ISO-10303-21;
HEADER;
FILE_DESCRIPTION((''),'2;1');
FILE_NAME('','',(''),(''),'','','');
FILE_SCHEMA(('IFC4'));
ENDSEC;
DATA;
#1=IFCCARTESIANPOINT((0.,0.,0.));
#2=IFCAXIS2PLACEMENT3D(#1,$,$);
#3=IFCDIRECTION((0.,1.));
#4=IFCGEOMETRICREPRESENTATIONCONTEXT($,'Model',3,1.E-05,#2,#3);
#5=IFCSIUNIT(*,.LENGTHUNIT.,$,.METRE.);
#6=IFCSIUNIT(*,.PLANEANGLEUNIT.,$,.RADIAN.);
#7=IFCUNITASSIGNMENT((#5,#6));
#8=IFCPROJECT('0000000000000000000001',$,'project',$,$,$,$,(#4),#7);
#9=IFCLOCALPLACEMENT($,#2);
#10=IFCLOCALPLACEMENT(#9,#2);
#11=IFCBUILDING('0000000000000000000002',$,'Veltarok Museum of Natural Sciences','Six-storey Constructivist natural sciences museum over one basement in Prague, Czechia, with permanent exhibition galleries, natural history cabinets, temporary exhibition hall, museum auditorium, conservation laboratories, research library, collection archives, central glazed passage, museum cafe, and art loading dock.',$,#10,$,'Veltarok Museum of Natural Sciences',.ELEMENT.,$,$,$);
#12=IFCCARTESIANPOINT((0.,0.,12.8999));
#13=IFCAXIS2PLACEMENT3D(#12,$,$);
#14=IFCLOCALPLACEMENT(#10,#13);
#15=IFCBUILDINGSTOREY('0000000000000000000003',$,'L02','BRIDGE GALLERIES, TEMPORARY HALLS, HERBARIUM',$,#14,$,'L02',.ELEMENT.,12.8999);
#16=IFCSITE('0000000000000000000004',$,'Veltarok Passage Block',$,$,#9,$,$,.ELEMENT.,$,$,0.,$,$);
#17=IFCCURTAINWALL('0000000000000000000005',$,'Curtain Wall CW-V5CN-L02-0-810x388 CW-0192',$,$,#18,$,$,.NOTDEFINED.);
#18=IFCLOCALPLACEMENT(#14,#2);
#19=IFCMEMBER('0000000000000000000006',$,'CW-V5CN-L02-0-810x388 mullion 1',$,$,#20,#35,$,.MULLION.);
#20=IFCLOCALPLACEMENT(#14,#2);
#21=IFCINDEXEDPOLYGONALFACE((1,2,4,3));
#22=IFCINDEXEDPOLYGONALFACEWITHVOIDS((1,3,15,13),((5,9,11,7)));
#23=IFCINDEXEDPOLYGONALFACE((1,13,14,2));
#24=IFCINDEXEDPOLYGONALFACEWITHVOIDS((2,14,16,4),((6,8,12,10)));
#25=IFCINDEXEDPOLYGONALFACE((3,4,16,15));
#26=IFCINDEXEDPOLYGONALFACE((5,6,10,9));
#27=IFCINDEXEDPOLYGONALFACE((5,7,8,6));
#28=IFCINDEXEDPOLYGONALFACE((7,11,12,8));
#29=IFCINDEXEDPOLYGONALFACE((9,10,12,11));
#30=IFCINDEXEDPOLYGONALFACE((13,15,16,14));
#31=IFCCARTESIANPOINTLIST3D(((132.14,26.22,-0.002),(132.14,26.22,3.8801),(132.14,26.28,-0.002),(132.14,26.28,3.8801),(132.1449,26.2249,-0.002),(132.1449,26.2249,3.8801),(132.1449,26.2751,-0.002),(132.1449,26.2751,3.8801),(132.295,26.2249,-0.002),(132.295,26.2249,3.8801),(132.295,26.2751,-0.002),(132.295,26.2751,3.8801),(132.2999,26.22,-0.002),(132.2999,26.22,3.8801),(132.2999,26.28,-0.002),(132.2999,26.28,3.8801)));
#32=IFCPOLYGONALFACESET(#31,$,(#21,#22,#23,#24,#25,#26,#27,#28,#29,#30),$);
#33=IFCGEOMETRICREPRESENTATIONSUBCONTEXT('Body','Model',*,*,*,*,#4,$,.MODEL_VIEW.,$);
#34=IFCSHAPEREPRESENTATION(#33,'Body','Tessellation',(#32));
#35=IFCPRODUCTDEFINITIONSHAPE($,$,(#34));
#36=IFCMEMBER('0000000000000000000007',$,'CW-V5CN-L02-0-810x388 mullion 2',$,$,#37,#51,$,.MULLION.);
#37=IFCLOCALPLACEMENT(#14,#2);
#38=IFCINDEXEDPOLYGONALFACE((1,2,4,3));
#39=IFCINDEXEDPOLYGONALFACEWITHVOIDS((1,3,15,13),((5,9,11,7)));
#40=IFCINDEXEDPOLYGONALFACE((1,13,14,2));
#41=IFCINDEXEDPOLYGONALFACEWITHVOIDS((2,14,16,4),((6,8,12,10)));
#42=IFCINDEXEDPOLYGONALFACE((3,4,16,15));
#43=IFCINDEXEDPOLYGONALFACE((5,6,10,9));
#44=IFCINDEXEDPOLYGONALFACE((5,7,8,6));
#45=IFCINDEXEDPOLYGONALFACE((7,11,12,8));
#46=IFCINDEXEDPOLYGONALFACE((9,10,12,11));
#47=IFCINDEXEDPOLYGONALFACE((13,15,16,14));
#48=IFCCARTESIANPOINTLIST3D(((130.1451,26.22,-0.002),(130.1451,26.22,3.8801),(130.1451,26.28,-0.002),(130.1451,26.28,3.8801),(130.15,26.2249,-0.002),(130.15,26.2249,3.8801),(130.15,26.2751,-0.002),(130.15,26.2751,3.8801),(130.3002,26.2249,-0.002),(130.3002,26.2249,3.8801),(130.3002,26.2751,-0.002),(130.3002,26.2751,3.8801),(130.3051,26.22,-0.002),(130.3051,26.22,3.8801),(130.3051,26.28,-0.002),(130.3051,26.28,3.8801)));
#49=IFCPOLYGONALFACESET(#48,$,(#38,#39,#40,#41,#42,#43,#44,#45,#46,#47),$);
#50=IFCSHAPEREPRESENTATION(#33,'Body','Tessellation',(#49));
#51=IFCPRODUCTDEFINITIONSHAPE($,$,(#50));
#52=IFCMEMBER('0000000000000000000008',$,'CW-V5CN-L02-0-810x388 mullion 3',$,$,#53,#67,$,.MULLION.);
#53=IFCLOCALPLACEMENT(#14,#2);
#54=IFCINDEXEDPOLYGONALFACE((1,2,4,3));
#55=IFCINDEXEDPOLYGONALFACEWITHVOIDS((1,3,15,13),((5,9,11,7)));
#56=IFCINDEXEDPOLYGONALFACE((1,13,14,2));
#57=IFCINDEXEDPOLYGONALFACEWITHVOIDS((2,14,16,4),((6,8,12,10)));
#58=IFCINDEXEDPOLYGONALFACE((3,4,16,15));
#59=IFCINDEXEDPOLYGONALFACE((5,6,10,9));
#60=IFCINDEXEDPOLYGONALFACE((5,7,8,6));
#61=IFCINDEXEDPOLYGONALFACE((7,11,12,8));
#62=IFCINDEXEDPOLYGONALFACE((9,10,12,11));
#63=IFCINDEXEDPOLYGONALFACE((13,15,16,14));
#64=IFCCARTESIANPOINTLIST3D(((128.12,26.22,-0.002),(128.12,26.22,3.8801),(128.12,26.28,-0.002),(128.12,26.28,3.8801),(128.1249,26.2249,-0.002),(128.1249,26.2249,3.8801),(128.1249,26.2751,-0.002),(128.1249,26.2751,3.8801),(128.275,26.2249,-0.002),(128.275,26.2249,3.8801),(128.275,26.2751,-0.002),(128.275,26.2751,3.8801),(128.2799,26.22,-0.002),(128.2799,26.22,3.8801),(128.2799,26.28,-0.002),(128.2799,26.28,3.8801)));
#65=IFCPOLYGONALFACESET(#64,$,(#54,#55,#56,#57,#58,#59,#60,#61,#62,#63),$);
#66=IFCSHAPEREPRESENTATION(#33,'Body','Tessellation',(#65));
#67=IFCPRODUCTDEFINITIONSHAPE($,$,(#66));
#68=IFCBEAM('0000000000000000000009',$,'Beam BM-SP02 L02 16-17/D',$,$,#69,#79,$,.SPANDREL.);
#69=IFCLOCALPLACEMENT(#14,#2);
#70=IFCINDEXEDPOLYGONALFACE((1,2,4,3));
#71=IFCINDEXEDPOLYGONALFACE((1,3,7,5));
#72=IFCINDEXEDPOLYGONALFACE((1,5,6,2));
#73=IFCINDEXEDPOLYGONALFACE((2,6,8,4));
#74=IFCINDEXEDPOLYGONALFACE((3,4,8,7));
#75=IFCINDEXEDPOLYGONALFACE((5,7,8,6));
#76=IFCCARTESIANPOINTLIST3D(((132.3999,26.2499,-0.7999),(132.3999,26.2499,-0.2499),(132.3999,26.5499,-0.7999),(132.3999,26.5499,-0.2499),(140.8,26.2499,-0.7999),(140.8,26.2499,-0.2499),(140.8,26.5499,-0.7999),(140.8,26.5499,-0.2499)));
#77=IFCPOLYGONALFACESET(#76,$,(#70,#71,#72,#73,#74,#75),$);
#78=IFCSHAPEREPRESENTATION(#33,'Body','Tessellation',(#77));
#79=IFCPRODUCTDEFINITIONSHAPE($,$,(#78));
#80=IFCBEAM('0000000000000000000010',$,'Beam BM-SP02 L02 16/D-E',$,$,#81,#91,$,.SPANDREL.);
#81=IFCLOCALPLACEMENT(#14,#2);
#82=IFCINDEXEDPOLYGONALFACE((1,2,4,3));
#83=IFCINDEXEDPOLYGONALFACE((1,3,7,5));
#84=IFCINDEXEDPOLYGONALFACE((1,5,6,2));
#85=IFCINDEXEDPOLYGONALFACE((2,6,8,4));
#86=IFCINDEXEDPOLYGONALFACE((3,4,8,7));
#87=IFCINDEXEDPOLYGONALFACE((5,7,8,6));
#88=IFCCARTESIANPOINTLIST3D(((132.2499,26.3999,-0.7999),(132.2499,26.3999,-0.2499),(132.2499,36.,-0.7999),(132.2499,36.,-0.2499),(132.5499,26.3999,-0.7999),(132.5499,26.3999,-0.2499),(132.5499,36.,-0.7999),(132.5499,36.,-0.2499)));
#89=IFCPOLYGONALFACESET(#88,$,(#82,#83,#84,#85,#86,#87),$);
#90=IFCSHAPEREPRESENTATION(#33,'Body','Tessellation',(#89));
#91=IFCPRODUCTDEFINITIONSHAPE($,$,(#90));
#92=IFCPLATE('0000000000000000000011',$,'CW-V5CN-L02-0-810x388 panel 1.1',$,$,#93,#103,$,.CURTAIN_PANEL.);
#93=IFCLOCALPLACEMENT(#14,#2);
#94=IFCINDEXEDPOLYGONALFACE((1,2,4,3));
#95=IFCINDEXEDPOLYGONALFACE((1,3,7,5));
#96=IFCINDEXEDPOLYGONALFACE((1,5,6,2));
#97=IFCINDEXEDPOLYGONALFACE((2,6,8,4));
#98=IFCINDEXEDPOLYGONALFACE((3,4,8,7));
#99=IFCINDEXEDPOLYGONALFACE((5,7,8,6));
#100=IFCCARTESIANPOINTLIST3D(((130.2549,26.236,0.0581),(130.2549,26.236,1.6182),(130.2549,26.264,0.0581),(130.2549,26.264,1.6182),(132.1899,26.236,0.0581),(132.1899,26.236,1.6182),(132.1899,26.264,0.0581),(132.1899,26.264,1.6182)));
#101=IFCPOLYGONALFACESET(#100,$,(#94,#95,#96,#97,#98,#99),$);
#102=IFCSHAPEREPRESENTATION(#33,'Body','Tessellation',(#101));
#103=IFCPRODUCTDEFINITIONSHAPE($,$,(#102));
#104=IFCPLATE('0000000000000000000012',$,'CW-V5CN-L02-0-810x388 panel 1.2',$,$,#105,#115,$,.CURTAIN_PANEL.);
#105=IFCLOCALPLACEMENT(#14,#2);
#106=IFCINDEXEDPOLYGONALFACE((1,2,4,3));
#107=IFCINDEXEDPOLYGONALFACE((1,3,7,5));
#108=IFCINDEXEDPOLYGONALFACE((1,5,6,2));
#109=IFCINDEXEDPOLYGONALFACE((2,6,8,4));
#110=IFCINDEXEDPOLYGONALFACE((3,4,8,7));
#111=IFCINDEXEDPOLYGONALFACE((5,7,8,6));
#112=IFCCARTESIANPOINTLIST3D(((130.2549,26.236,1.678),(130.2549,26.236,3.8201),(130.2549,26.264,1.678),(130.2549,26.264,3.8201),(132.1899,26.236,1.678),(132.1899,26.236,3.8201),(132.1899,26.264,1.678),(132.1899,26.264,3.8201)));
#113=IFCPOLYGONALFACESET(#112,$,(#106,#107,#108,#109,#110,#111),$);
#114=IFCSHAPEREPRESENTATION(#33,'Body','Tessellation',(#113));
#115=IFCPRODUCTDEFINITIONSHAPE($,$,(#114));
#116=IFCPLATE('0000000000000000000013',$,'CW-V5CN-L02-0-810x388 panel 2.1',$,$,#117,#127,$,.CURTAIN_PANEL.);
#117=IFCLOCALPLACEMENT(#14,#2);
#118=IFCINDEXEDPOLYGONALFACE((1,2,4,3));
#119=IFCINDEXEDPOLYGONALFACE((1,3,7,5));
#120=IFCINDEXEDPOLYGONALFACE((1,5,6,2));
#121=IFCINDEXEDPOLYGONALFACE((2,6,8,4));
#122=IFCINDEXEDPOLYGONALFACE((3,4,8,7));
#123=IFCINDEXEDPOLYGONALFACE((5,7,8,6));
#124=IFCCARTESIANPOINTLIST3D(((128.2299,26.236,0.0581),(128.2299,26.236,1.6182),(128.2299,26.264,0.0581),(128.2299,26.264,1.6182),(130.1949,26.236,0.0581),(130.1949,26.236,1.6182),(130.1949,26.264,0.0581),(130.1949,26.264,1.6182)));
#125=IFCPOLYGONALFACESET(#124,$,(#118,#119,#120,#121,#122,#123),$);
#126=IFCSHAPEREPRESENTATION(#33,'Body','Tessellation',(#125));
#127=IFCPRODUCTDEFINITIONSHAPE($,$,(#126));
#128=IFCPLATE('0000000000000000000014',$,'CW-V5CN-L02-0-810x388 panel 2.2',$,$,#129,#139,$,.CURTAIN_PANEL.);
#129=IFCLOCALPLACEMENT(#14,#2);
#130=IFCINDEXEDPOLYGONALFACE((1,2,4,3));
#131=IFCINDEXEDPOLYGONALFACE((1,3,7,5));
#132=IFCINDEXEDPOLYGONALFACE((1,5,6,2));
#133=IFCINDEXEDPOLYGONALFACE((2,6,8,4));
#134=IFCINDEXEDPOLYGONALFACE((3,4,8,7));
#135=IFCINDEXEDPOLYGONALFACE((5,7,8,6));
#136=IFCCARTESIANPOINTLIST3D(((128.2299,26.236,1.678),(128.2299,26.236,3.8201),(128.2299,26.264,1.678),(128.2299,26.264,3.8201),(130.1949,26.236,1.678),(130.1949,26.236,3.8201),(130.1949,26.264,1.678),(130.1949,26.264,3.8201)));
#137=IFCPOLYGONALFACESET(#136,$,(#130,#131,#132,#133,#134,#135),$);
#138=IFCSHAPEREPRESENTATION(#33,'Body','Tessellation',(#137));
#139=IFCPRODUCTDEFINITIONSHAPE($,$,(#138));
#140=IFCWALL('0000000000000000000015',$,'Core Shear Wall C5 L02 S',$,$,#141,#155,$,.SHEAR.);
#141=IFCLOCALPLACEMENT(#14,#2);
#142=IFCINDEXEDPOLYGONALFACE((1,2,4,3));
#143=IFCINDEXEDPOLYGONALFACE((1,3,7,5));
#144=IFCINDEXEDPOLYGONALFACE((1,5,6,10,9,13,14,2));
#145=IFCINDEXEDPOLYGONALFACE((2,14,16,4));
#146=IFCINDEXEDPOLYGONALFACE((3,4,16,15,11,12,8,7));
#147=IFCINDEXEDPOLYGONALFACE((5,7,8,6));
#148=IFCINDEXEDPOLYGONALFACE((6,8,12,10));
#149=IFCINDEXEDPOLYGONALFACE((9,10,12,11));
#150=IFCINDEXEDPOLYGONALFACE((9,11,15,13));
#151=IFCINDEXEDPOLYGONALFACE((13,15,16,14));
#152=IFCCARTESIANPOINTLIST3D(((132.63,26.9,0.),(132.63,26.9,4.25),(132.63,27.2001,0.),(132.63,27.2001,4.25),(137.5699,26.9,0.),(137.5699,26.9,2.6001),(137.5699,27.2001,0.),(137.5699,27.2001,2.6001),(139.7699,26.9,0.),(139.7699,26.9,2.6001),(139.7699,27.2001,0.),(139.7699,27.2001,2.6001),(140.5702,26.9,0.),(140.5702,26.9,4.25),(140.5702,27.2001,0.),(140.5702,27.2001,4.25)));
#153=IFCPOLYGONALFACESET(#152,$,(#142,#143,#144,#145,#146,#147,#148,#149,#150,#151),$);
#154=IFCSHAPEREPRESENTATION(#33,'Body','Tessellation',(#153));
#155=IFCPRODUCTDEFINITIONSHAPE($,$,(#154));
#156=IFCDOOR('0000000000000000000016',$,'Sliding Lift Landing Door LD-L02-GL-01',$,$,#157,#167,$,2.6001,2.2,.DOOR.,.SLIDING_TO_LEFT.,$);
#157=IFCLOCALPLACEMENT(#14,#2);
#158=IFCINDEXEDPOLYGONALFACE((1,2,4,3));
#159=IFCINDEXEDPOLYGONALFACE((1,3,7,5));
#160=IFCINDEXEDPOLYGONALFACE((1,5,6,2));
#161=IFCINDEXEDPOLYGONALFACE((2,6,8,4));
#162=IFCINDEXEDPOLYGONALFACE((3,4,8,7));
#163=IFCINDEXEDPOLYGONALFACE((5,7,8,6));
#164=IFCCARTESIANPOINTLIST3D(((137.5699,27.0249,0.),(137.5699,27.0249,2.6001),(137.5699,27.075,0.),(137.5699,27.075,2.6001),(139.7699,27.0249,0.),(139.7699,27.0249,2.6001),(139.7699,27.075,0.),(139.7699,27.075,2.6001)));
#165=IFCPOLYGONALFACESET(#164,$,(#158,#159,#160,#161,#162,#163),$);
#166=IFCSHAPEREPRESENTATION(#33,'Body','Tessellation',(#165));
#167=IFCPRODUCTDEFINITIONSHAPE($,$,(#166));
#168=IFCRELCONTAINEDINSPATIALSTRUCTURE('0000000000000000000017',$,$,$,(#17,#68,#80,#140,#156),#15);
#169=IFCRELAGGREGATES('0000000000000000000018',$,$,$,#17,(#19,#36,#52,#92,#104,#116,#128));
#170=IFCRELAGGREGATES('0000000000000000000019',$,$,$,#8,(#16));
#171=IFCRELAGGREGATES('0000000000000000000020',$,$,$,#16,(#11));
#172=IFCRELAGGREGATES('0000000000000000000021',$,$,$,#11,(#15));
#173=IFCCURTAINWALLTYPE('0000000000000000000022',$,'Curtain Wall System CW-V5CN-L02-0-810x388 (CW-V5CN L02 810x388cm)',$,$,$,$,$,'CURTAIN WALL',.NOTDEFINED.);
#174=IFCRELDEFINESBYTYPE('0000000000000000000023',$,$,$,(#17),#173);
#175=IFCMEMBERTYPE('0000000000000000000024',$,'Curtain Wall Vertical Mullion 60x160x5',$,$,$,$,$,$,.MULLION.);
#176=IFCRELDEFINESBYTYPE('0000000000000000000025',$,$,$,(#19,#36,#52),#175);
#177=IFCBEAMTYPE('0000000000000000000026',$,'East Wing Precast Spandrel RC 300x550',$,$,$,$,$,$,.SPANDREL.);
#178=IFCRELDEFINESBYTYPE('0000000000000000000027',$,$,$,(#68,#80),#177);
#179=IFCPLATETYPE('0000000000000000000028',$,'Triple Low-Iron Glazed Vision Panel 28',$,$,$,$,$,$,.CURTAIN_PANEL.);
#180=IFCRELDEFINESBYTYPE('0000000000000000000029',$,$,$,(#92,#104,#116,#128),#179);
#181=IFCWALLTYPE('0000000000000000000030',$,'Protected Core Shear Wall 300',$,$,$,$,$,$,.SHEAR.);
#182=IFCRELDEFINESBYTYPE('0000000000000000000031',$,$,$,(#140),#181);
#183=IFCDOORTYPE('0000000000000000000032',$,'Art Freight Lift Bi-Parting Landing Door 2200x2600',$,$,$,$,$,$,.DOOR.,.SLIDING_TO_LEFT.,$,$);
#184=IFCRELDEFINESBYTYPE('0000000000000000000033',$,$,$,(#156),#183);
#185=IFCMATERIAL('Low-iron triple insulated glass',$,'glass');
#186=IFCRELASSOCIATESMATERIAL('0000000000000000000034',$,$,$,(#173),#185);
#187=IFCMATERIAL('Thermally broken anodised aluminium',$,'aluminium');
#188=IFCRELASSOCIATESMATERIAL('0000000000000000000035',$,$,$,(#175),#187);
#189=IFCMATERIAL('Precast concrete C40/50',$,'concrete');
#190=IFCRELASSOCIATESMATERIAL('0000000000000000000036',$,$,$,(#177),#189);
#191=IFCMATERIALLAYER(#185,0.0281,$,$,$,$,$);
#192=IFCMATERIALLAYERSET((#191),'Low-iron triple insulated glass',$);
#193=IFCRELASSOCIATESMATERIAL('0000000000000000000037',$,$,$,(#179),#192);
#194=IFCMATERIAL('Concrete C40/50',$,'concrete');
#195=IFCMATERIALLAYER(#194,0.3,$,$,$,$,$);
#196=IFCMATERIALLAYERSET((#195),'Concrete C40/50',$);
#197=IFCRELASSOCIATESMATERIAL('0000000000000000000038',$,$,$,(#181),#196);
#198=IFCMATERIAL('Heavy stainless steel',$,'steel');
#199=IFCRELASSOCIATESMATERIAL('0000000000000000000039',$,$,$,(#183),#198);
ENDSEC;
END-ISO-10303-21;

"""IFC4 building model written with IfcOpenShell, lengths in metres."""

from ifc_helpers import new_model, si_unit, direction, frame, frame_2d, origin, origin_2d, place, context, subcontext, project, spatial, rectangle, hollow_rectangle, extrude, material, layer, layer_set, material_profile, profile_set, type_object, element, fill, aggregate, save


model = new_model("IFC4")

# Units and contexts
model_context = context("Model", 3, precision=1e-05, world=origin(), true_north=direction((0.0, 1.0)))
body_context = subcontext(model_context, "Body", "Model", "MODEL_VIEW")
ifc_project = project(units=[si_unit("LENGTHUNIT", "METRE"), si_unit("PLANEANGLEUNIT", "RADIAN")], contexts=[model_context])

# Site, building, storey
site_placement = place(None, origin())
site = spatial("IfcSite", under=ifc_project, at=site_placement, Name="Veltarok Passage Block", CompositionType="ELEMENT", RefElevation=0.0)
building_placement = place(site_placement, origin())
building = spatial("IfcBuilding", under=site, at=building_placement, Name="Veltarok Museum of Natural Sciences", Description="Six-storey Constructivist natural sciences museum over one basement in Prague, Czechia, with permanent exhibition galleries, natural history cabinets, temporary exhibition hall, museum auditorium, conservation laboratories, research library, collection archives, central glazed passage, museum cafe, and art loading dock.", LongName="Veltarok Museum of Natural Sciences", CompositionType="ELEMENT")
storey_placement = place(building_placement, frame((0.0, 0.0, 12.8999)))
storey = spatial("IfcBuildingStorey", under=building, at=storey_placement, Name="L02", Description="BRIDGE GALLERIES, TEMPORARY HALLS, HERBARIUM", LongName="L02", CompositionType="ELEMENT", Elevation=12.8999)

# Curtain wall, members
ifc_material_1 = material(Name="Low-iron triple insulated glass", Category="glass")
curtain_wall_type = type_object("IfcCurtainWallType", Name="Curtain Wall System CW-V5CN-L02-0-810x388 (CW-V5CN L02 810x388cm)", ElementType="CURTAIN WALL", PredefinedType="NOTDEFINED", material=ifc_material_1)
curtain_wall_placement = place(storey_placement, origin())
curtain_wall = element("IfcCurtainWall", 1, at=curtain_wall_placement, inside=storey, type_object=curtain_wall_type, Name="Curtain Wall CW-V5CN-L02-0-810x388 CW-0192", PredefinedType="NOTDEFINED")
ifc_material_2 = material(Name="Thermally broken anodised aluminium", Category="aluminium")
ifc_material_profile_1 = material_profile(ifc_material_2, hollow_rectangle(XDim=0.0601, YDim=0.1599, WallThickness=0.0049, at=origin_2d()), Name="CW MULLION 60x160x5")
ifc_profile_set_1 = profile_set([ifc_material_profile_1], Name="Thermally broken anodised aluminium")
member_type_1 = type_object("IfcMemberType", Name="Curtain Wall Vertical Mullion 60x160x5", PredefinedType="MULLION", material=ifc_profile_set_1)
member_1_placement = place(storey_placement, frame((132.22, 26.25, -0.002), z_axis=(0.0, 0.0, 1.0), x_axis=(0.0, -1.0, 0.0)))
member_1 = element("IfcMember", 2, at=member_1_placement, type_object=member_type_1, Name="CW-V5CN-L02-0-810x388 mullion 1", PredefinedType="MULLION", context=body_context, shape_type="SweptSolid", body=[
    extrude(hollow_rectangle(XDim=0.0601, YDim=0.1599, WallThickness=0.0049, at=origin_2d()), origin(), (0.0, 0.0, 1.0), 3.8821),
])
member_2_placement = place(storey_placement, frame((130.2251, 26.25, -0.002), z_axis=(0.0, 0.0, 1.0), x_axis=(0.0, -1.0, 0.0)))
member_2 = element("IfcMember", 3, at=member_2_placement, type_object=member_type_1, Name="CW-V5CN-L02-0-810x388 mullion 2", PredefinedType="MULLION", context=body_context, shape_type="SweptSolid", body=[
    extrude(hollow_rectangle(XDim=0.0601, YDim=0.1599, WallThickness=0.0049, at=origin_2d()), origin(), (0.0, 0.0, 1.0), 3.8821),
])
member_3_placement = place(storey_placement, frame((128.2, 26.25, -0.002), z_axis=(0.0, 0.0, 1.0), x_axis=(0.0, -1.0, 0.0)))
member_3 = element("IfcMember", 4, at=member_3_placement, type_object=member_type_1, Name="CW-V5CN-L02-0-810x388 mullion 3", PredefinedType="MULLION", context=body_context, shape_type="SweptSolid", body=[
    extrude(hollow_rectangle(XDim=0.0601, YDim=0.1599, WallThickness=0.0049, at=origin_2d()), origin(), (0.0, 0.0, 1.0), 3.8821),
])

# Beams
ifc_material_3 = material(Name="Precast concrete C40/50", Category="concrete")
ifc_material_profile_2 = material_profile(ifc_material_3, rectangle(XDim=0.3, YDim=0.55, at=origin_2d()), Name="RC 300x550")
ifc_profile_set_2 = profile_set([ifc_material_profile_2], Name="Precast concrete C40/50")
beam_type = type_object("IfcBeamType", Name="East Wing Precast Spandrel RC 300x550", PredefinedType="SPANDREL", material=ifc_profile_set_2)
beam_1_placement = place(storey_placement, frame((132.3999, 26.3999, -0.5249), z_axis=(1.0, 0.0, 0.0), x_axis=(0.0, 1.0, 0.0)))
element("IfcBeam", 5, at=beam_1_placement, inside=storey, type_object=beam_type, Name="Beam BM-SP02 L02 16-17/D", PredefinedType="SPANDREL", context=body_context, shape_type="SweptSolid", body=[
    extrude(rectangle(XDim=0.3, YDim=0.55, at=origin_2d()), origin(), (0.0, 0.0, 1.0), 8.4001),
])
beam_2_placement = place(storey_placement, frame((132.3999, 26.3999, -0.5249), z_axis=(0.0, 1.0, 0.0), x_axis=(-1.0, 0.0, 0.0)))
element("IfcBeam", 6, at=beam_2_placement, inside=storey, type_object=beam_type, Name="Beam BM-SP02 L02 16/D-E", PredefinedType="SPANDREL", context=body_context, shape_type="SweptSolid", body=[
    extrude(rectangle(XDim=0.3, YDim=0.55, at=origin_2d()), origin(), (0.0, 0.0, 1.0), 9.6001),
])

# Plates
ifc_layer_1 = layer(ifc_material_1, 0.0281)
ifc_layer_set_1 = layer_set([ifc_layer_1], Name="Low-iron triple insulated glass")
plate_type = type_object("IfcPlateType", Name="Triple Low-Iron Glazed Vision Panel 28", PredefinedType="CURTAIN_PANEL", material=ifc_layer_set_1)
plate_1_placement = place(storey_placement, frame((131.2224, 26.25, 0.0581), z_axis=(0.0, 0.0, 1.0), x_axis=(-1.0, 0.0, 0.0)))
plate_1 = element("IfcPlate", 7, at=plate_1_placement, type_object=plate_type, Name="CW-V5CN-L02-0-810x388 panel 1.1", PredefinedType="CURTAIN_PANEL", context=body_context, shape_type="SweptSolid", body=[
    extrude(rectangle(XDim=1.9351, YDim=0.0281, at=origin_2d()), origin(), (0.0, 0.0, 1.0), 1.5601),
])
plate_2_placement = place(storey_placement, frame((131.2224, 26.25, 1.678), z_axis=(0.0, 0.0, 1.0), x_axis=(-1.0, 0.0, 0.0)))
plate_2 = element("IfcPlate", 8, at=plate_2_placement, type_object=plate_type, Name="CW-V5CN-L02-0-810x388 panel 1.2", PredefinedType="CURTAIN_PANEL", context=body_context, shape_type="SweptSolid", body=[
    extrude(rectangle(XDim=1.9351, YDim=0.0281, at=origin_2d()), origin(), (0.0, 0.0, 1.0), 2.1421),
])
plate_3_placement = place(storey_placement, frame((129.2124, 26.25, 0.0581), z_axis=(0.0, 0.0, 1.0), x_axis=(-1.0, 0.0, 0.0)))
plate_3 = element("IfcPlate", 9, at=plate_3_placement, type_object=plate_type, Name="CW-V5CN-L02-0-810x388 panel 2.1", PredefinedType="CURTAIN_PANEL", context=body_context, shape_type="SweptSolid", body=[
    extrude(rectangle(XDim=1.9651, YDim=0.0281, at=origin_2d()), origin(), (0.0, 0.0, 1.0), 1.5601),
])
plate_4_placement = place(storey_placement, frame((129.2124, 26.25, 1.678), z_axis=(0.0, 0.0, 1.0), x_axis=(-1.0, 0.0, 0.0)))
plate_4 = element("IfcPlate", 10, at=plate_4_placement, type_object=plate_type, Name="CW-V5CN-L02-0-810x388 panel 2.2", PredefinedType="CURTAIN_PANEL", context=body_context, shape_type="SweptSolid", body=[
    extrude(rectangle(XDim=1.9651, YDim=0.0281, at=origin_2d()), origin(), (0.0, 0.0, 1.0), 2.1421),
])
aggregate(curtain_wall, [member_1, member_2, member_3, plate_1, plate_2, plate_3, plate_4])

# Wall, opening, door
ifc_material_4 = material(Name="Concrete C40/50", Category="concrete")
ifc_layer_2 = layer(ifc_material_4, 0.3)
ifc_layer_set_2 = layer_set([ifc_layer_2], Name="Concrete C40/50")
wall_type = type_object("IfcWallType", Name="Protected Core Shear Wall 300", PredefinedType="SHEAR", material=ifc_layer_set_2)
wall_placement = place(storey_placement, frame((132.6299, 27.05, 0.0), z_axis=(0.0, 0.0, 1.0), x_axis=(1.0, 0.0, 0.0)))
wall = element("IfcWall", 11, at=wall_placement, inside=storey, type_object=wall_type, Name="Core Shear Wall C5 L02 S", PredefinedType="SHEAR", context=body_context, shape_type="SweptSolid", body=[
    extrude(rectangle(XDim=7.9402, YDim=0.3, at=frame_2d((3.9702, 0.0))), origin(), (0.0, 0.0, 1.0), 4.25),
])
opening_placement = place(wall_placement, frame((4.9399, 0.0, 0.0)))
opening = element("IfcOpeningElement", 12, at=opening_placement, cuts=wall, PredefinedType="OPENING", context=body_context, shape_type="SweptSolid", body=[
    extrude(rectangle(XDim=2.2, YDim=2.6001, at=frame_2d((1.1001, 1.3))), frame((0.0, 0.1602, 0.0), z_axis=(0.0, -1.0, 0.0), x_axis=(1.0, 0.0, 0.0)), (0.0, 0.0, 1.0), 0.3201),
])
ifc_material_5 = material(Name="Heavy stainless steel", Category="steel")
door_type = type_object("IfcDoorType", Name="Art Freight Lift Bi-Parting Landing Door 2200x2600", OperationType="SLIDING_TO_LEFT", PredefinedType="DOOR", material=ifc_material_5)
door_placement = place(opening_placement, origin())
door = element("IfcDoor", 13, at=door_placement, inside=storey, type_object=door_type, Name="Sliding Lift Landing Door LD-L02-GL-01", OperationType="SLIDING_TO_LEFT", OverallHeight=2.6001, OverallWidth=2.2, PredefinedType="DOOR", context=body_context, shape_type="SweptSolid", body=[
    extrude(rectangle(XDim=2.2, YDim=2.6001, at=frame_2d((1.1001, 1.3))), frame((0.0, 0.0249, 0.0), z_axis=(0.0, -1.0, 0.0), x_axis=(1.0, 0.0, 0.0)), (0.0, 0.0, 1.0), 0.05),
])
fill(opening, door)

save(model, "model.ifc")
